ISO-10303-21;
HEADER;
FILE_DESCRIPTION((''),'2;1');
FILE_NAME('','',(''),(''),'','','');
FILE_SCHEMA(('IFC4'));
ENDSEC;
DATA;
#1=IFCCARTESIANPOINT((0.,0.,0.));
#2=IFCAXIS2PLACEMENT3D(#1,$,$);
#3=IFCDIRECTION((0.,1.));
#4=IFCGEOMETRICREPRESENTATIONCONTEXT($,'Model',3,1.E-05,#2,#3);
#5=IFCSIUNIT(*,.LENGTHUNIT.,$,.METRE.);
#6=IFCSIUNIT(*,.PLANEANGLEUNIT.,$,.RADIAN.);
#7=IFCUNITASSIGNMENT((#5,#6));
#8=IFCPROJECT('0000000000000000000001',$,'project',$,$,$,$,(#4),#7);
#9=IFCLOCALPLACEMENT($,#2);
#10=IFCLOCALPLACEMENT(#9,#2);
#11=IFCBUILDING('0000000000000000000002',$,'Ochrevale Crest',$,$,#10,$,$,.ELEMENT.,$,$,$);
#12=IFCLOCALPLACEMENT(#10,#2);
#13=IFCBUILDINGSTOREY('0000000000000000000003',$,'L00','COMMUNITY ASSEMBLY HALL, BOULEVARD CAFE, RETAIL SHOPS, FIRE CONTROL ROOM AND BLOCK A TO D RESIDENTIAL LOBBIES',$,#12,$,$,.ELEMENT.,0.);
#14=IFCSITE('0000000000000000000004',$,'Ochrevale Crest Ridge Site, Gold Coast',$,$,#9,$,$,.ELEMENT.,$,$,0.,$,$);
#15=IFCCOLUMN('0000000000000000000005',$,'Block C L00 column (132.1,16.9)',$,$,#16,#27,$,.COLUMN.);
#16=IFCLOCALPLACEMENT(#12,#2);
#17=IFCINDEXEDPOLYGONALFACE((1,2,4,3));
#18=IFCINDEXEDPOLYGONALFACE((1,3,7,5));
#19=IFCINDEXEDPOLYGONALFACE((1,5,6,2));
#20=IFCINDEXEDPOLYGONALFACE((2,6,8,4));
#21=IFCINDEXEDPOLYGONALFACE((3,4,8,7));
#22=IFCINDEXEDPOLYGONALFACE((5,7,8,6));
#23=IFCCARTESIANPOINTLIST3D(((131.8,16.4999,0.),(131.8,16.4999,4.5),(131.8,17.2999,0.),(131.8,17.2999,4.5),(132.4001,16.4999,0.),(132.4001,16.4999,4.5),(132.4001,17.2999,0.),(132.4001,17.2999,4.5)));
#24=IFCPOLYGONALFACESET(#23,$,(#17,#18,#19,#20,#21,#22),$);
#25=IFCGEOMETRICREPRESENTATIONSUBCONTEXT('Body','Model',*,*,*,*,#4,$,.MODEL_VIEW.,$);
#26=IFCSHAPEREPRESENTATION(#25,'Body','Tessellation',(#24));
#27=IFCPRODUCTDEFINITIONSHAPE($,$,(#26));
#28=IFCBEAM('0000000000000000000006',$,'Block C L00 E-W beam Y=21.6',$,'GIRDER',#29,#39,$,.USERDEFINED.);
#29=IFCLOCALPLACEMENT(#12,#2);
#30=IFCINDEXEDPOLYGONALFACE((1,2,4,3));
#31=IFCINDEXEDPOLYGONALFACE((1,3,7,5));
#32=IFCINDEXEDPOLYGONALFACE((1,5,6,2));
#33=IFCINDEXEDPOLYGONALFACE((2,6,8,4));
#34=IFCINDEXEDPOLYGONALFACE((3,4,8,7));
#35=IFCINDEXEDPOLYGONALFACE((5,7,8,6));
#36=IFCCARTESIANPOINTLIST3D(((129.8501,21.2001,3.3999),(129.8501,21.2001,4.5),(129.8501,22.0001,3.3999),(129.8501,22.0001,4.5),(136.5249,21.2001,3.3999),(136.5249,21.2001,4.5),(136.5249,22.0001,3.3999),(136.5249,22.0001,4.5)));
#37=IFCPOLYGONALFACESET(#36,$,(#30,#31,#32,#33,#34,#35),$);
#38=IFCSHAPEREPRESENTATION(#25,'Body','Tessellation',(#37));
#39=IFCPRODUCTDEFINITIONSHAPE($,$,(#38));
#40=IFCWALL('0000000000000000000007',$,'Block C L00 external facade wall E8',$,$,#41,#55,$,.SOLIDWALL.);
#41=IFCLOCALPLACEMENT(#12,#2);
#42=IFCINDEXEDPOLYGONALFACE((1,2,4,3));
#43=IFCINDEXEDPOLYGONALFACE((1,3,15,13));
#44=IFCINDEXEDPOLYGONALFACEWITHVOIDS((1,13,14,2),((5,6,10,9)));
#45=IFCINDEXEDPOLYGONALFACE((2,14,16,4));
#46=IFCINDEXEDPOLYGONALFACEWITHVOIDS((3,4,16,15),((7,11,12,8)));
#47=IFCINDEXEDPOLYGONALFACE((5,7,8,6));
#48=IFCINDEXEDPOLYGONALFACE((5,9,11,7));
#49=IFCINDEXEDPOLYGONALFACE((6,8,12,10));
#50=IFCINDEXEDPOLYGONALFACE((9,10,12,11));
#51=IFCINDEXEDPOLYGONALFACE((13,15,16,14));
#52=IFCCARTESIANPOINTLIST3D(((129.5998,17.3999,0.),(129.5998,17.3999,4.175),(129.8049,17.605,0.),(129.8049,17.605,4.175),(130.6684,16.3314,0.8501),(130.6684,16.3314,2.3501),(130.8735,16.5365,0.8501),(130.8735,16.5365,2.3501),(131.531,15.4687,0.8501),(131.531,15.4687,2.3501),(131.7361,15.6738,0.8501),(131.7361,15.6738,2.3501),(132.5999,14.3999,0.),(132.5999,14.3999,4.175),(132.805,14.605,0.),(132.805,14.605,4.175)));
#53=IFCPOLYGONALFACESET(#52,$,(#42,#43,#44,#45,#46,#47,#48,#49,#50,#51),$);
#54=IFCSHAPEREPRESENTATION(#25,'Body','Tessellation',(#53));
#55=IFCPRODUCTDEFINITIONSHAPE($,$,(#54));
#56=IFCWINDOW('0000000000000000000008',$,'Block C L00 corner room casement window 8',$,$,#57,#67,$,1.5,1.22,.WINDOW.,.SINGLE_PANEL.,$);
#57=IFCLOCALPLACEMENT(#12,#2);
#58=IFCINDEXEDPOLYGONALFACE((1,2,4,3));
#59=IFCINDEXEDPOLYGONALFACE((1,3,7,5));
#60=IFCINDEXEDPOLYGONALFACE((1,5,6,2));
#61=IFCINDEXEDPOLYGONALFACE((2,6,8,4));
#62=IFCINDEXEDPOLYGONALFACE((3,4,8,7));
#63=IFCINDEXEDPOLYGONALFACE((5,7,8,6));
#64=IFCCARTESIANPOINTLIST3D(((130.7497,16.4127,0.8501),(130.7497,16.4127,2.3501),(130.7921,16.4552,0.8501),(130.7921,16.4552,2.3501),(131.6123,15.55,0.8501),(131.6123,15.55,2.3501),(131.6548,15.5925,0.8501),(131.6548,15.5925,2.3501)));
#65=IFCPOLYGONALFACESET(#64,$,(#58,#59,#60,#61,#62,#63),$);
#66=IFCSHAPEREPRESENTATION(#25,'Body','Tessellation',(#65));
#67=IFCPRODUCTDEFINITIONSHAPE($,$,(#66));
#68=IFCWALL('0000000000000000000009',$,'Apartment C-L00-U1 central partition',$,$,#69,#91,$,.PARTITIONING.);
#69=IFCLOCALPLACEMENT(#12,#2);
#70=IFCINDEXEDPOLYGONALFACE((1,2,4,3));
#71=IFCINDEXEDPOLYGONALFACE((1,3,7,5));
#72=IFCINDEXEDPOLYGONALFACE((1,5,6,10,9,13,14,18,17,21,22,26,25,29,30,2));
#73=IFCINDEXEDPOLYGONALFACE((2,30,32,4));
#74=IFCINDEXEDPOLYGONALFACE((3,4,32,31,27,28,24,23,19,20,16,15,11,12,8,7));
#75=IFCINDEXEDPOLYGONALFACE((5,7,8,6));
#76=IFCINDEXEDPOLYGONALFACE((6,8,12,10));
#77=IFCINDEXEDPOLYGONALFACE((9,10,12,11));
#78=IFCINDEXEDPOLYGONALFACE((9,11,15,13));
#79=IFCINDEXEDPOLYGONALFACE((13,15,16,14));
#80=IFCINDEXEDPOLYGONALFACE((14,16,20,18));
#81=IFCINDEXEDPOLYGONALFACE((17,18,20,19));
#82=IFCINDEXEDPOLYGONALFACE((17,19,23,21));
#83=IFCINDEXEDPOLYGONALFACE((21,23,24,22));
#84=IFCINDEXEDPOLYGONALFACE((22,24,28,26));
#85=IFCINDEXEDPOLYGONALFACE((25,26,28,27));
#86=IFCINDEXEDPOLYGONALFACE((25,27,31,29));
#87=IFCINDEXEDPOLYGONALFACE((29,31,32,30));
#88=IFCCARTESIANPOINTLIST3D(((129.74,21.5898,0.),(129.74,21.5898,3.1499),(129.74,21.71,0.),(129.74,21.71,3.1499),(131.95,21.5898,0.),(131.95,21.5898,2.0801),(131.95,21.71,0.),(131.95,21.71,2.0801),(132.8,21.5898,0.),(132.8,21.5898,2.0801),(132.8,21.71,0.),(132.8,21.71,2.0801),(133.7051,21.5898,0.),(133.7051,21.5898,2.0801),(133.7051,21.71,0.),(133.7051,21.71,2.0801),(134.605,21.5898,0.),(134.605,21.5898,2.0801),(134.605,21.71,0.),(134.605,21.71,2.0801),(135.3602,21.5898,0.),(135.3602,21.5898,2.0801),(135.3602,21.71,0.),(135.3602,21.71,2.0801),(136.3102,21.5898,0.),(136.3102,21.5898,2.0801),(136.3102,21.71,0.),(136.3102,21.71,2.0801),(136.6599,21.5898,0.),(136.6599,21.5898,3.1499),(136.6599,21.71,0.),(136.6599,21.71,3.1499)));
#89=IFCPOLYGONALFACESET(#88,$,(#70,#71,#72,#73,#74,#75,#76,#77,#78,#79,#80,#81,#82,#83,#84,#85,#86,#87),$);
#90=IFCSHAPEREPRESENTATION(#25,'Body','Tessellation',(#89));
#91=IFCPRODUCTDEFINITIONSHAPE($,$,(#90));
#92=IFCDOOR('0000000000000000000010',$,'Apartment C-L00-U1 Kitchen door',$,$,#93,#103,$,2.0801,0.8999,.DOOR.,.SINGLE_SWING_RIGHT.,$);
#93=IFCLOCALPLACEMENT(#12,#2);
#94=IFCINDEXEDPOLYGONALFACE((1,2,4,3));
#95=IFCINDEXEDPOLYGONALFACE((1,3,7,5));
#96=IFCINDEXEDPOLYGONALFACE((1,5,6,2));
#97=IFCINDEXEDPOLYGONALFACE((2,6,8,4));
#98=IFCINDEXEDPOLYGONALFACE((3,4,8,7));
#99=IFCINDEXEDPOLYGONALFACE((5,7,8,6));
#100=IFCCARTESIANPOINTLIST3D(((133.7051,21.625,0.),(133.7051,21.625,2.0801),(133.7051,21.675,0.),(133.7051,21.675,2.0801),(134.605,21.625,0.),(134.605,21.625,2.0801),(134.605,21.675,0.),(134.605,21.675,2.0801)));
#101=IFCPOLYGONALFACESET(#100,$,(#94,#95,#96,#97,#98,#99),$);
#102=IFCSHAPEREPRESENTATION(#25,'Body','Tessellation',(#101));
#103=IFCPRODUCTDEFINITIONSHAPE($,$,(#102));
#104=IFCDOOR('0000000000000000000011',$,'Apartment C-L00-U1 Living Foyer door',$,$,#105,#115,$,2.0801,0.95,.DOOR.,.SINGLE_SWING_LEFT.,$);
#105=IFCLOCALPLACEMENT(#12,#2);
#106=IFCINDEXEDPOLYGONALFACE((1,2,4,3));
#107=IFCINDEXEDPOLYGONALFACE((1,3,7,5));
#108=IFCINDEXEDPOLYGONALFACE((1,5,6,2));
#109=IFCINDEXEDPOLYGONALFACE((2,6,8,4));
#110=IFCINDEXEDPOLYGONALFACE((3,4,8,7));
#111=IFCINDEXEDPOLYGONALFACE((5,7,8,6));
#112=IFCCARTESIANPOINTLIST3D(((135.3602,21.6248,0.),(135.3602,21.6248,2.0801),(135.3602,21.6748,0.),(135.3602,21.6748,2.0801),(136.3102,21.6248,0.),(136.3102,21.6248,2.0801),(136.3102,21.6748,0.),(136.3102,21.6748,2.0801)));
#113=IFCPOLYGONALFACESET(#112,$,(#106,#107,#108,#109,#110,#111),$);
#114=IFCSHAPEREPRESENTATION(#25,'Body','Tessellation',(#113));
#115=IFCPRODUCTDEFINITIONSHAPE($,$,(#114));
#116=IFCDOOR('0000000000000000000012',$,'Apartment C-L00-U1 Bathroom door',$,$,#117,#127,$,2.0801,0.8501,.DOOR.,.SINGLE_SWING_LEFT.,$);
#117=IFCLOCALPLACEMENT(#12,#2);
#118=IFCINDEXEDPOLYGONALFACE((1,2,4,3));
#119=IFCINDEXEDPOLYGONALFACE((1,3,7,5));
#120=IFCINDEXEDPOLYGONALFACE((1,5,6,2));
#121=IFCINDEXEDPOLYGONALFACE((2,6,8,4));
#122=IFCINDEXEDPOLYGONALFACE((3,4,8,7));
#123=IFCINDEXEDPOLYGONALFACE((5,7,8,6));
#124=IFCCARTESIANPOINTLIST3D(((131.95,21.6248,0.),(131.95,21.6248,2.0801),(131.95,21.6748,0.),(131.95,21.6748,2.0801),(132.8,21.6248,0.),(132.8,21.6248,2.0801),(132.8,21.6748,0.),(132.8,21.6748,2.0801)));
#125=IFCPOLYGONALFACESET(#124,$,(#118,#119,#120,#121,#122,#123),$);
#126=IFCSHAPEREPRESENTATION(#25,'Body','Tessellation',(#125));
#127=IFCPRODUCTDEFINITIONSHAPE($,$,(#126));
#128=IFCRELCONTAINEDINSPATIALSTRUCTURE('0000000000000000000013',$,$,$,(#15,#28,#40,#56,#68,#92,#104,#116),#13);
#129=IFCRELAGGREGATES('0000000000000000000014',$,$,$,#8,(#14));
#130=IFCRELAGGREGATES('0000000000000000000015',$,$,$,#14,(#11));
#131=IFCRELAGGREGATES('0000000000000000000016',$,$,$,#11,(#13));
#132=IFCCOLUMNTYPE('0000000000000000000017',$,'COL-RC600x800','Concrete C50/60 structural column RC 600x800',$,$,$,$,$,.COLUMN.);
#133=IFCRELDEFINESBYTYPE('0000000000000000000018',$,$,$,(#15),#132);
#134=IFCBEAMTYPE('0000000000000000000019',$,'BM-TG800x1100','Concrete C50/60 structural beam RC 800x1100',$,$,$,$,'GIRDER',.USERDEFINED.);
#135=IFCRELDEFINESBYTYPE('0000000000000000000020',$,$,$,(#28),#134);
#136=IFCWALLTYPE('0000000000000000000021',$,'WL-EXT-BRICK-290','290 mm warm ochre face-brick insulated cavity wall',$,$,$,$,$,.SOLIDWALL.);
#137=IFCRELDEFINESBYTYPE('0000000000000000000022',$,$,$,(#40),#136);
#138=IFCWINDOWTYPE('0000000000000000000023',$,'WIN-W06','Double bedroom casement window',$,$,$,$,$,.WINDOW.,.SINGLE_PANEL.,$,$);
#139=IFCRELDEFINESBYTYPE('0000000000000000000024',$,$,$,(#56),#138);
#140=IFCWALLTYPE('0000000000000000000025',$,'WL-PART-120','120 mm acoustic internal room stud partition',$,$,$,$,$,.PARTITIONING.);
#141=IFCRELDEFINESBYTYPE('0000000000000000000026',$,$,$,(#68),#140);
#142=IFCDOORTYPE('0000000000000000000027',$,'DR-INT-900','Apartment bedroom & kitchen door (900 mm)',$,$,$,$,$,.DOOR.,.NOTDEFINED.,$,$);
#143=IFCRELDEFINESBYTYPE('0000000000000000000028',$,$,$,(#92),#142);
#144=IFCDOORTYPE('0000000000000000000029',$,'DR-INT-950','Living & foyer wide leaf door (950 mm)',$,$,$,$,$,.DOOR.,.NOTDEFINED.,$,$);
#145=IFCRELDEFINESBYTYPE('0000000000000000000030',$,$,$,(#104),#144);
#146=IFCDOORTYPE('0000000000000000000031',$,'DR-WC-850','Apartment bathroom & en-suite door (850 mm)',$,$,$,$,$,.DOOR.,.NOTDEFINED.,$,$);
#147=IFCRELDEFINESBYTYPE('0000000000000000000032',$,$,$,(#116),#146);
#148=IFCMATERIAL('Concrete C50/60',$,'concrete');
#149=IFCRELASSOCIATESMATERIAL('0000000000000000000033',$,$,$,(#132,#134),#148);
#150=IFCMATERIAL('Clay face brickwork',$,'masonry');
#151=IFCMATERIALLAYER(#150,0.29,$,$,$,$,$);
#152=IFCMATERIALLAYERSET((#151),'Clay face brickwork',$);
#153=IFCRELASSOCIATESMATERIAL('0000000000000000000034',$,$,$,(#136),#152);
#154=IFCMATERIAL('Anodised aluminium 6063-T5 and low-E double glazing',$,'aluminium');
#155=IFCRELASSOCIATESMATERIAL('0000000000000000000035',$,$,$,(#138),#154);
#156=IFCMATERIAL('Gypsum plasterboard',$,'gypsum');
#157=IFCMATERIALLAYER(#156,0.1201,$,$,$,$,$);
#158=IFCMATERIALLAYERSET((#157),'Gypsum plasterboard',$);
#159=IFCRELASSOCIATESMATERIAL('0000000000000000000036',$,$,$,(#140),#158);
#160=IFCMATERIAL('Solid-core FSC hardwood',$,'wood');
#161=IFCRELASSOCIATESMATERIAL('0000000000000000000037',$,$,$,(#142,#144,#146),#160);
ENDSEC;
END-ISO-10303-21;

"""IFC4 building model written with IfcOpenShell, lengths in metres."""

from ifc_helpers import new_model, si_unit, direction, frame, frame_2d, origin, origin_2d, place, context, subcontext, project, spatial, rectangle, extrude, material, layer, layer_set, material_profile, profile_set, type_object, element, fill, save


model = new_model("IFC4")

# Units and contexts
model_context = context("Model", 3, precision=1e-05, world=origin(), true_north=direction((0.0, 1.0)))
body_context = subcontext(model_context, "Body", "Model", "MODEL_VIEW")
ifc_project = project(units=[si_unit("LENGTHUNIT", "METRE"), si_unit("PLANEANGLEUNIT", "RADIAN")], contexts=[model_context])

# Site, building, storey
site_placement = place(None, origin())
site = spatial("IfcSite", under=ifc_project, at=site_placement, Name="Ochrevale Crest Ridge Site, Gold Coast", CompositionType="ELEMENT", RefElevation=0.0)
building_placement = place(site_placement, origin())
building = spatial("IfcBuilding", under=site, at=building_placement, Name="Ochrevale Crest", CompositionType="ELEMENT")
storey_placement = place(building_placement, origin())
storey = spatial("IfcBuildingStorey", under=building, at=storey_placement, Name="L00", Description="COMMUNITY ASSEMBLY HALL, BOULEVARD CAFE, RETAIL SHOPS, FIRE CONTROL ROOM AND BLOCK A TO D RESIDENTIAL LOBBIES", CompositionType="ELEMENT", Elevation=0.0)

# Column
ifc_material_1 = material(Name="Concrete C50/60", Category="concrete")
ifc_material_profile_1 = material_profile(ifc_material_1, rectangle(XDim=0.6001, YDim=0.8, at=origin_2d()), Name="RC 600x800")
ifc_profile_set_1 = profile_set([ifc_material_profile_1], Name="Concrete C50/60")
column_type = type_object("IfcColumnType", Name="COL-RC600x800", Description="Concrete C50/60 structural column RC 600x800", PredefinedType="COLUMN", material=ifc_profile_set_1)
column_placement = place(storey_placement, frame((132.1001, 16.8999, 0.0), z_axis=(0.0, 0.0, 1.0), x_axis=(1.0, 0.0, 0.0)))
element("IfcColumn", 1, at=column_placement, inside=storey, type_object=column_type, Name="Block C L00 column (132.1,16.9)", PredefinedType="COLUMN", context=body_context, shape_type="SweptSolid", body=[
    extrude(rectangle(XDim=0.6001, YDim=0.8, at=origin_2d()), origin(), (0.0, 0.0, 1.0), 4.5),
])

# Beam
ifc_material_profile_2 = material_profile(ifc_material_1, rectangle(XDim=0.8, YDim=1.1001, at=origin_2d()), Name="RC 800x1100")
ifc_profile_set_2 = profile_set([ifc_material_profile_2], Name="Concrete C50/60")
beam_type = type_object("IfcBeamType", Name="BM-TG800x1100", Description="Concrete C50/60 structural beam RC 800x1100", ElementType="GIRDER", PredefinedType="USERDEFINED", material=ifc_profile_set_2)
beam_placement = place(storey_placement, frame((129.8501, 21.6001, 3.95), z_axis=(1.0, 0.0, 0.0), x_axis=(0.0, 1.0, 0.0)))
element("IfcBeam", 2, at=beam_placement, inside=storey, type_object=beam_type, Name="Block C L00 E-W beam Y=21.6", ObjectType="GIRDER", PredefinedType="USERDEFINED", context=body_context, shape_type="SweptSolid", body=[
    extrude(rectangle(XDim=0.8, YDim=1.1001, at=origin_2d()), origin(), (0.0, 0.0, 1.0), 6.6748),
])

# Shared definitions
ifc_material_2 = material(Name="Clay face brickwork", Category="masonry")
ifc_layer_1 = layer(ifc_material_2, 0.29)
ifc_layer_set_1 = layer_set([ifc_layer_1], Name="Clay face brickwork")
wall_type_1 = type_object("IfcWallType", Name="WL-EXT-BRICK-290", Description="290 mm warm ochre face-brick insulated cavity wall", PredefinedType="SOLIDWALL", material=ifc_layer_set_1)
ifc_material_3 = material(Name="Anodised aluminium 6063-T5 and low-E double glazing", Category="aluminium")

# Wall, opening, window
wall_1_placement = place(storey_placement, frame((129.7024, 17.5024, 0.0), z_axis=(0.0, 0.0, 1.0), x_axis=(0.707107, -0.707107, 0.0)))
wall_1 = element("IfcWall", 3, at=wall_1_placement, inside=storey, type_object=wall_type_1, Name="Block C L00 external facade wall E8", PredefinedType="SOLIDWALL", context=body_context, shape_type="SweptSolid", body=[
    extrude(rectangle(XDim=4.2427, YDim=0.29, at=frame_2d((2.1213, 0.0))), origin(), (0.0, 0.0, 1.0), 4.175),
])
opening_1_placement = place(wall_1_placement, frame((1.5112, 0.0, 0.8501)))
opening_1 = element("IfcOpeningElement", 4, at=opening_1_placement, cuts=wall_1, PredefinedType="OPENING", context=body_context, shape_type="SweptSolid", body=[
    extrude(rectangle(XDim=1.22, YDim=1.5, at=frame_2d((0.6099, 0.75))), frame((0.0, 0.155, 0.0), z_axis=(0.0, -1.0, 0.0), x_axis=(1.0, 0.0, 0.0)), (0.0, 0.0, 1.0), 0.3101),
])
window_type_1 = type_object("IfcWindowType", Name="WIN-W06", Description="Double bedroom casement window", PartitioningType="SINGLE_PANEL", PredefinedType="WINDOW", material=ifc_material_3)
window_1_placement = place(opening_1_placement, origin())
window_1 = element("IfcWindow", 5, at=window_1_placement, inside=storey, type_object=window_type_1, Name="Block C L00 corner room casement window 8", OverallHeight=1.5, OverallWidth=1.22, PartitioningType="SINGLE_PANEL", PredefinedType="WINDOW", context=body_context, shape_type="SweptSolid", body=[
    extrude(rectangle(XDim=1.22, YDim=1.5, at=frame_2d((0.6099, 0.75))), frame((0.0, 0.03, 0.0), z_axis=(0.0, -1.0, 0.0), x_axis=(1.0, 0.0, 0.0)), (0.0, 0.0, 1.0), 0.0601),
])
fill(opening_1, window_1)

# Wall, openings, doors
ifc_material_4 = material(Name="Gypsum plasterboard", Category="gypsum")
ifc_layer_2 = layer(ifc_material_4, 0.1201)
ifc_layer_set_2 = layer_set([ifc_layer_2], Name="Gypsum plasterboard")
wall_type_2 = type_object("IfcWallType", Name="WL-PART-120", Description="120 mm acoustic internal room stud partition", PredefinedType="PARTITIONING", material=ifc_layer_set_2)
wall_2_placement = place(storey_placement, frame((129.74, 21.6499, 0.0), z_axis=(0.0, 0.0, 1.0), x_axis=(1.0, 0.0, 0.0)))
wall_2 = element("IfcWall", 6, at=wall_2_placement, inside=storey, type_object=wall_type_2, Name="Apartment C-L00-U1 central partition", PredefinedType="PARTITIONING", context=body_context, shape_type="SweptSolid", body=[
    extrude(rectangle(XDim=6.9199, YDim=0.1201, at=frame_2d((3.46, 0.0))), origin(), (0.0, 0.0, 1.0), 3.1499),
])
opening_2_placement = place(wall_2_placement, frame((2.21, 0.0, 0.0)))
opening_2 = element("IfcOpeningElement", 7, at=opening_2_placement, cuts=wall_2, PredefinedType="OPENING", context=body_context, shape_type="SweptSolid", body=[
    extrude(rectangle(XDim=0.8501, YDim=2.0801, at=frame_2d((0.425, 1.04))), frame((0.0, 0.0701, 0.0), z_axis=(0.0, -1.0, 0.0), x_axis=(1.0, 0.0, 0.0)), (0.0, 0.0, 1.0), 0.1401),
])
opening_3_placement = place(wall_2_placement, frame((4.865, 0.0, 0.0), z_axis=(0.0, 0.0, 1.0), x_axis=(-1.0, 0.0, 0.0)))
opening_3 = element("IfcOpeningElement", 8, at=opening_3_placement, cuts=wall_2, PredefinedType="OPENING", context=body_context, shape_type="SweptSolid", body=[
    extrude(rectangle(XDim=0.8999, YDim=2.0801, at=frame_2d((0.45, 1.04))), frame((0.0, 0.0701, 0.0), z_axis=(0.0, -1.0, 0.0), x_axis=(1.0, 0.0, 0.0)), (0.0, 0.0, 1.0), 0.1401),
])
opening_4_placement = place(wall_2_placement, frame((5.6201, 0.0, 0.0)))
opening_4 = element("IfcOpeningElement", 9, at=opening_4_placement, cuts=wall_2, PredefinedType="OPENING", context=body_context, shape_type="SweptSolid", body=[
    extrude(rectangle(XDim=0.95, YDim=2.0801, at=frame_2d((0.4751, 1.04))), frame((0.0, 0.0701, 0.0), z_axis=(0.0, -1.0, 0.0), x_axis=(1.0, 0.0, 0.0)), (0.0, 0.0, 1.0), 0.1401),
])
ifc_material_5 = material(Name="Solid-core FSC hardwood", Category="wood")
door_type_1 = type_object("IfcDoorType", Name="DR-INT-900", Description="Apartment bedroom & kitchen door (900 mm)", OperationType="NOTDEFINED", PredefinedType="DOOR", material=ifc_material_5)
door_1_placement = place(opening_3_placement, origin())
door_1 = element("IfcDoor", 10, at=door_1_placement, inside=storey, type_object=door_type_1, Name="Apartment C-L00-U1 Kitchen door", OperationType="SINGLE_SWING_RIGHT", OverallHeight=2.0801, OverallWidth=0.8999, PredefinedType="DOOR", context=body_context, shape_type="SweptSolid", body=[
    extrude(rectangle(XDim=0.8999, YDim=2.0801, at=frame_2d((0.45, 1.04))), frame((0.0, 0.0249, 0.0), z_axis=(0.0, -1.0, 0.0), x_axis=(1.0, 0.0, 0.0)), (0.0, 0.0, 1.0), 0.05),
])
fill(opening_3, door_1)
door_type_2 = type_object("IfcDoorType", Name="DR-INT-950", Description="Living & foyer wide leaf door (950 mm)", OperationType="NOTDEFINED", PredefinedType="DOOR", material=ifc_material_5)
door_2_placement = place(opening_4_placement, origin())
door_2 = element("IfcDoor", 11, at=door_2_placement, inside=storey, type_object=door_type_2, Name="Apartment C-L00-U1 Living Foyer door", OperationType="SINGLE_SWING_LEFT", OverallHeight=2.0801, OverallWidth=0.95, PredefinedType="DOOR", context=body_context, shape_type="SweptSolid", body=[
    extrude(rectangle(XDim=0.95, YDim=2.0801, at=frame_2d((0.4751, 1.04))), frame((0.0, 0.0249, 0.0), z_axis=(0.0, -1.0, 0.0), x_axis=(1.0, 0.0, 0.0)), (0.0, 0.0, 1.0), 0.05),
])
fill(opening_4, door_2)
door_type_3 = type_object("IfcDoorType", Name="DR-WC-850", Description="Apartment bathroom & en-suite door (850 mm)", OperationType="NOTDEFINED", PredefinedType="DOOR", material=ifc_material_5)
door_3_placement = place(opening_2_placement, origin())
door_3 = element("IfcDoor", 12, at=door_3_placement, inside=storey, type_object=door_type_3, Name="Apartment C-L00-U1 Bathroom door", OperationType="SINGLE_SWING_LEFT", OverallHeight=2.0801, OverallWidth=0.8501, PredefinedType="DOOR", context=body_context, shape_type="SweptSolid", body=[
    extrude(rectangle(XDim=0.8501, YDim=2.0801, at=frame_2d((0.425, 1.04))), frame((0.0, 0.0249, 0.0), z_axis=(0.0, -1.0, 0.0), x_axis=(1.0, 0.0, 0.0)), (0.0, 0.0, 1.0), 0.05),
])
fill(opening_2, door_3)

save(model, "model.ifc")
